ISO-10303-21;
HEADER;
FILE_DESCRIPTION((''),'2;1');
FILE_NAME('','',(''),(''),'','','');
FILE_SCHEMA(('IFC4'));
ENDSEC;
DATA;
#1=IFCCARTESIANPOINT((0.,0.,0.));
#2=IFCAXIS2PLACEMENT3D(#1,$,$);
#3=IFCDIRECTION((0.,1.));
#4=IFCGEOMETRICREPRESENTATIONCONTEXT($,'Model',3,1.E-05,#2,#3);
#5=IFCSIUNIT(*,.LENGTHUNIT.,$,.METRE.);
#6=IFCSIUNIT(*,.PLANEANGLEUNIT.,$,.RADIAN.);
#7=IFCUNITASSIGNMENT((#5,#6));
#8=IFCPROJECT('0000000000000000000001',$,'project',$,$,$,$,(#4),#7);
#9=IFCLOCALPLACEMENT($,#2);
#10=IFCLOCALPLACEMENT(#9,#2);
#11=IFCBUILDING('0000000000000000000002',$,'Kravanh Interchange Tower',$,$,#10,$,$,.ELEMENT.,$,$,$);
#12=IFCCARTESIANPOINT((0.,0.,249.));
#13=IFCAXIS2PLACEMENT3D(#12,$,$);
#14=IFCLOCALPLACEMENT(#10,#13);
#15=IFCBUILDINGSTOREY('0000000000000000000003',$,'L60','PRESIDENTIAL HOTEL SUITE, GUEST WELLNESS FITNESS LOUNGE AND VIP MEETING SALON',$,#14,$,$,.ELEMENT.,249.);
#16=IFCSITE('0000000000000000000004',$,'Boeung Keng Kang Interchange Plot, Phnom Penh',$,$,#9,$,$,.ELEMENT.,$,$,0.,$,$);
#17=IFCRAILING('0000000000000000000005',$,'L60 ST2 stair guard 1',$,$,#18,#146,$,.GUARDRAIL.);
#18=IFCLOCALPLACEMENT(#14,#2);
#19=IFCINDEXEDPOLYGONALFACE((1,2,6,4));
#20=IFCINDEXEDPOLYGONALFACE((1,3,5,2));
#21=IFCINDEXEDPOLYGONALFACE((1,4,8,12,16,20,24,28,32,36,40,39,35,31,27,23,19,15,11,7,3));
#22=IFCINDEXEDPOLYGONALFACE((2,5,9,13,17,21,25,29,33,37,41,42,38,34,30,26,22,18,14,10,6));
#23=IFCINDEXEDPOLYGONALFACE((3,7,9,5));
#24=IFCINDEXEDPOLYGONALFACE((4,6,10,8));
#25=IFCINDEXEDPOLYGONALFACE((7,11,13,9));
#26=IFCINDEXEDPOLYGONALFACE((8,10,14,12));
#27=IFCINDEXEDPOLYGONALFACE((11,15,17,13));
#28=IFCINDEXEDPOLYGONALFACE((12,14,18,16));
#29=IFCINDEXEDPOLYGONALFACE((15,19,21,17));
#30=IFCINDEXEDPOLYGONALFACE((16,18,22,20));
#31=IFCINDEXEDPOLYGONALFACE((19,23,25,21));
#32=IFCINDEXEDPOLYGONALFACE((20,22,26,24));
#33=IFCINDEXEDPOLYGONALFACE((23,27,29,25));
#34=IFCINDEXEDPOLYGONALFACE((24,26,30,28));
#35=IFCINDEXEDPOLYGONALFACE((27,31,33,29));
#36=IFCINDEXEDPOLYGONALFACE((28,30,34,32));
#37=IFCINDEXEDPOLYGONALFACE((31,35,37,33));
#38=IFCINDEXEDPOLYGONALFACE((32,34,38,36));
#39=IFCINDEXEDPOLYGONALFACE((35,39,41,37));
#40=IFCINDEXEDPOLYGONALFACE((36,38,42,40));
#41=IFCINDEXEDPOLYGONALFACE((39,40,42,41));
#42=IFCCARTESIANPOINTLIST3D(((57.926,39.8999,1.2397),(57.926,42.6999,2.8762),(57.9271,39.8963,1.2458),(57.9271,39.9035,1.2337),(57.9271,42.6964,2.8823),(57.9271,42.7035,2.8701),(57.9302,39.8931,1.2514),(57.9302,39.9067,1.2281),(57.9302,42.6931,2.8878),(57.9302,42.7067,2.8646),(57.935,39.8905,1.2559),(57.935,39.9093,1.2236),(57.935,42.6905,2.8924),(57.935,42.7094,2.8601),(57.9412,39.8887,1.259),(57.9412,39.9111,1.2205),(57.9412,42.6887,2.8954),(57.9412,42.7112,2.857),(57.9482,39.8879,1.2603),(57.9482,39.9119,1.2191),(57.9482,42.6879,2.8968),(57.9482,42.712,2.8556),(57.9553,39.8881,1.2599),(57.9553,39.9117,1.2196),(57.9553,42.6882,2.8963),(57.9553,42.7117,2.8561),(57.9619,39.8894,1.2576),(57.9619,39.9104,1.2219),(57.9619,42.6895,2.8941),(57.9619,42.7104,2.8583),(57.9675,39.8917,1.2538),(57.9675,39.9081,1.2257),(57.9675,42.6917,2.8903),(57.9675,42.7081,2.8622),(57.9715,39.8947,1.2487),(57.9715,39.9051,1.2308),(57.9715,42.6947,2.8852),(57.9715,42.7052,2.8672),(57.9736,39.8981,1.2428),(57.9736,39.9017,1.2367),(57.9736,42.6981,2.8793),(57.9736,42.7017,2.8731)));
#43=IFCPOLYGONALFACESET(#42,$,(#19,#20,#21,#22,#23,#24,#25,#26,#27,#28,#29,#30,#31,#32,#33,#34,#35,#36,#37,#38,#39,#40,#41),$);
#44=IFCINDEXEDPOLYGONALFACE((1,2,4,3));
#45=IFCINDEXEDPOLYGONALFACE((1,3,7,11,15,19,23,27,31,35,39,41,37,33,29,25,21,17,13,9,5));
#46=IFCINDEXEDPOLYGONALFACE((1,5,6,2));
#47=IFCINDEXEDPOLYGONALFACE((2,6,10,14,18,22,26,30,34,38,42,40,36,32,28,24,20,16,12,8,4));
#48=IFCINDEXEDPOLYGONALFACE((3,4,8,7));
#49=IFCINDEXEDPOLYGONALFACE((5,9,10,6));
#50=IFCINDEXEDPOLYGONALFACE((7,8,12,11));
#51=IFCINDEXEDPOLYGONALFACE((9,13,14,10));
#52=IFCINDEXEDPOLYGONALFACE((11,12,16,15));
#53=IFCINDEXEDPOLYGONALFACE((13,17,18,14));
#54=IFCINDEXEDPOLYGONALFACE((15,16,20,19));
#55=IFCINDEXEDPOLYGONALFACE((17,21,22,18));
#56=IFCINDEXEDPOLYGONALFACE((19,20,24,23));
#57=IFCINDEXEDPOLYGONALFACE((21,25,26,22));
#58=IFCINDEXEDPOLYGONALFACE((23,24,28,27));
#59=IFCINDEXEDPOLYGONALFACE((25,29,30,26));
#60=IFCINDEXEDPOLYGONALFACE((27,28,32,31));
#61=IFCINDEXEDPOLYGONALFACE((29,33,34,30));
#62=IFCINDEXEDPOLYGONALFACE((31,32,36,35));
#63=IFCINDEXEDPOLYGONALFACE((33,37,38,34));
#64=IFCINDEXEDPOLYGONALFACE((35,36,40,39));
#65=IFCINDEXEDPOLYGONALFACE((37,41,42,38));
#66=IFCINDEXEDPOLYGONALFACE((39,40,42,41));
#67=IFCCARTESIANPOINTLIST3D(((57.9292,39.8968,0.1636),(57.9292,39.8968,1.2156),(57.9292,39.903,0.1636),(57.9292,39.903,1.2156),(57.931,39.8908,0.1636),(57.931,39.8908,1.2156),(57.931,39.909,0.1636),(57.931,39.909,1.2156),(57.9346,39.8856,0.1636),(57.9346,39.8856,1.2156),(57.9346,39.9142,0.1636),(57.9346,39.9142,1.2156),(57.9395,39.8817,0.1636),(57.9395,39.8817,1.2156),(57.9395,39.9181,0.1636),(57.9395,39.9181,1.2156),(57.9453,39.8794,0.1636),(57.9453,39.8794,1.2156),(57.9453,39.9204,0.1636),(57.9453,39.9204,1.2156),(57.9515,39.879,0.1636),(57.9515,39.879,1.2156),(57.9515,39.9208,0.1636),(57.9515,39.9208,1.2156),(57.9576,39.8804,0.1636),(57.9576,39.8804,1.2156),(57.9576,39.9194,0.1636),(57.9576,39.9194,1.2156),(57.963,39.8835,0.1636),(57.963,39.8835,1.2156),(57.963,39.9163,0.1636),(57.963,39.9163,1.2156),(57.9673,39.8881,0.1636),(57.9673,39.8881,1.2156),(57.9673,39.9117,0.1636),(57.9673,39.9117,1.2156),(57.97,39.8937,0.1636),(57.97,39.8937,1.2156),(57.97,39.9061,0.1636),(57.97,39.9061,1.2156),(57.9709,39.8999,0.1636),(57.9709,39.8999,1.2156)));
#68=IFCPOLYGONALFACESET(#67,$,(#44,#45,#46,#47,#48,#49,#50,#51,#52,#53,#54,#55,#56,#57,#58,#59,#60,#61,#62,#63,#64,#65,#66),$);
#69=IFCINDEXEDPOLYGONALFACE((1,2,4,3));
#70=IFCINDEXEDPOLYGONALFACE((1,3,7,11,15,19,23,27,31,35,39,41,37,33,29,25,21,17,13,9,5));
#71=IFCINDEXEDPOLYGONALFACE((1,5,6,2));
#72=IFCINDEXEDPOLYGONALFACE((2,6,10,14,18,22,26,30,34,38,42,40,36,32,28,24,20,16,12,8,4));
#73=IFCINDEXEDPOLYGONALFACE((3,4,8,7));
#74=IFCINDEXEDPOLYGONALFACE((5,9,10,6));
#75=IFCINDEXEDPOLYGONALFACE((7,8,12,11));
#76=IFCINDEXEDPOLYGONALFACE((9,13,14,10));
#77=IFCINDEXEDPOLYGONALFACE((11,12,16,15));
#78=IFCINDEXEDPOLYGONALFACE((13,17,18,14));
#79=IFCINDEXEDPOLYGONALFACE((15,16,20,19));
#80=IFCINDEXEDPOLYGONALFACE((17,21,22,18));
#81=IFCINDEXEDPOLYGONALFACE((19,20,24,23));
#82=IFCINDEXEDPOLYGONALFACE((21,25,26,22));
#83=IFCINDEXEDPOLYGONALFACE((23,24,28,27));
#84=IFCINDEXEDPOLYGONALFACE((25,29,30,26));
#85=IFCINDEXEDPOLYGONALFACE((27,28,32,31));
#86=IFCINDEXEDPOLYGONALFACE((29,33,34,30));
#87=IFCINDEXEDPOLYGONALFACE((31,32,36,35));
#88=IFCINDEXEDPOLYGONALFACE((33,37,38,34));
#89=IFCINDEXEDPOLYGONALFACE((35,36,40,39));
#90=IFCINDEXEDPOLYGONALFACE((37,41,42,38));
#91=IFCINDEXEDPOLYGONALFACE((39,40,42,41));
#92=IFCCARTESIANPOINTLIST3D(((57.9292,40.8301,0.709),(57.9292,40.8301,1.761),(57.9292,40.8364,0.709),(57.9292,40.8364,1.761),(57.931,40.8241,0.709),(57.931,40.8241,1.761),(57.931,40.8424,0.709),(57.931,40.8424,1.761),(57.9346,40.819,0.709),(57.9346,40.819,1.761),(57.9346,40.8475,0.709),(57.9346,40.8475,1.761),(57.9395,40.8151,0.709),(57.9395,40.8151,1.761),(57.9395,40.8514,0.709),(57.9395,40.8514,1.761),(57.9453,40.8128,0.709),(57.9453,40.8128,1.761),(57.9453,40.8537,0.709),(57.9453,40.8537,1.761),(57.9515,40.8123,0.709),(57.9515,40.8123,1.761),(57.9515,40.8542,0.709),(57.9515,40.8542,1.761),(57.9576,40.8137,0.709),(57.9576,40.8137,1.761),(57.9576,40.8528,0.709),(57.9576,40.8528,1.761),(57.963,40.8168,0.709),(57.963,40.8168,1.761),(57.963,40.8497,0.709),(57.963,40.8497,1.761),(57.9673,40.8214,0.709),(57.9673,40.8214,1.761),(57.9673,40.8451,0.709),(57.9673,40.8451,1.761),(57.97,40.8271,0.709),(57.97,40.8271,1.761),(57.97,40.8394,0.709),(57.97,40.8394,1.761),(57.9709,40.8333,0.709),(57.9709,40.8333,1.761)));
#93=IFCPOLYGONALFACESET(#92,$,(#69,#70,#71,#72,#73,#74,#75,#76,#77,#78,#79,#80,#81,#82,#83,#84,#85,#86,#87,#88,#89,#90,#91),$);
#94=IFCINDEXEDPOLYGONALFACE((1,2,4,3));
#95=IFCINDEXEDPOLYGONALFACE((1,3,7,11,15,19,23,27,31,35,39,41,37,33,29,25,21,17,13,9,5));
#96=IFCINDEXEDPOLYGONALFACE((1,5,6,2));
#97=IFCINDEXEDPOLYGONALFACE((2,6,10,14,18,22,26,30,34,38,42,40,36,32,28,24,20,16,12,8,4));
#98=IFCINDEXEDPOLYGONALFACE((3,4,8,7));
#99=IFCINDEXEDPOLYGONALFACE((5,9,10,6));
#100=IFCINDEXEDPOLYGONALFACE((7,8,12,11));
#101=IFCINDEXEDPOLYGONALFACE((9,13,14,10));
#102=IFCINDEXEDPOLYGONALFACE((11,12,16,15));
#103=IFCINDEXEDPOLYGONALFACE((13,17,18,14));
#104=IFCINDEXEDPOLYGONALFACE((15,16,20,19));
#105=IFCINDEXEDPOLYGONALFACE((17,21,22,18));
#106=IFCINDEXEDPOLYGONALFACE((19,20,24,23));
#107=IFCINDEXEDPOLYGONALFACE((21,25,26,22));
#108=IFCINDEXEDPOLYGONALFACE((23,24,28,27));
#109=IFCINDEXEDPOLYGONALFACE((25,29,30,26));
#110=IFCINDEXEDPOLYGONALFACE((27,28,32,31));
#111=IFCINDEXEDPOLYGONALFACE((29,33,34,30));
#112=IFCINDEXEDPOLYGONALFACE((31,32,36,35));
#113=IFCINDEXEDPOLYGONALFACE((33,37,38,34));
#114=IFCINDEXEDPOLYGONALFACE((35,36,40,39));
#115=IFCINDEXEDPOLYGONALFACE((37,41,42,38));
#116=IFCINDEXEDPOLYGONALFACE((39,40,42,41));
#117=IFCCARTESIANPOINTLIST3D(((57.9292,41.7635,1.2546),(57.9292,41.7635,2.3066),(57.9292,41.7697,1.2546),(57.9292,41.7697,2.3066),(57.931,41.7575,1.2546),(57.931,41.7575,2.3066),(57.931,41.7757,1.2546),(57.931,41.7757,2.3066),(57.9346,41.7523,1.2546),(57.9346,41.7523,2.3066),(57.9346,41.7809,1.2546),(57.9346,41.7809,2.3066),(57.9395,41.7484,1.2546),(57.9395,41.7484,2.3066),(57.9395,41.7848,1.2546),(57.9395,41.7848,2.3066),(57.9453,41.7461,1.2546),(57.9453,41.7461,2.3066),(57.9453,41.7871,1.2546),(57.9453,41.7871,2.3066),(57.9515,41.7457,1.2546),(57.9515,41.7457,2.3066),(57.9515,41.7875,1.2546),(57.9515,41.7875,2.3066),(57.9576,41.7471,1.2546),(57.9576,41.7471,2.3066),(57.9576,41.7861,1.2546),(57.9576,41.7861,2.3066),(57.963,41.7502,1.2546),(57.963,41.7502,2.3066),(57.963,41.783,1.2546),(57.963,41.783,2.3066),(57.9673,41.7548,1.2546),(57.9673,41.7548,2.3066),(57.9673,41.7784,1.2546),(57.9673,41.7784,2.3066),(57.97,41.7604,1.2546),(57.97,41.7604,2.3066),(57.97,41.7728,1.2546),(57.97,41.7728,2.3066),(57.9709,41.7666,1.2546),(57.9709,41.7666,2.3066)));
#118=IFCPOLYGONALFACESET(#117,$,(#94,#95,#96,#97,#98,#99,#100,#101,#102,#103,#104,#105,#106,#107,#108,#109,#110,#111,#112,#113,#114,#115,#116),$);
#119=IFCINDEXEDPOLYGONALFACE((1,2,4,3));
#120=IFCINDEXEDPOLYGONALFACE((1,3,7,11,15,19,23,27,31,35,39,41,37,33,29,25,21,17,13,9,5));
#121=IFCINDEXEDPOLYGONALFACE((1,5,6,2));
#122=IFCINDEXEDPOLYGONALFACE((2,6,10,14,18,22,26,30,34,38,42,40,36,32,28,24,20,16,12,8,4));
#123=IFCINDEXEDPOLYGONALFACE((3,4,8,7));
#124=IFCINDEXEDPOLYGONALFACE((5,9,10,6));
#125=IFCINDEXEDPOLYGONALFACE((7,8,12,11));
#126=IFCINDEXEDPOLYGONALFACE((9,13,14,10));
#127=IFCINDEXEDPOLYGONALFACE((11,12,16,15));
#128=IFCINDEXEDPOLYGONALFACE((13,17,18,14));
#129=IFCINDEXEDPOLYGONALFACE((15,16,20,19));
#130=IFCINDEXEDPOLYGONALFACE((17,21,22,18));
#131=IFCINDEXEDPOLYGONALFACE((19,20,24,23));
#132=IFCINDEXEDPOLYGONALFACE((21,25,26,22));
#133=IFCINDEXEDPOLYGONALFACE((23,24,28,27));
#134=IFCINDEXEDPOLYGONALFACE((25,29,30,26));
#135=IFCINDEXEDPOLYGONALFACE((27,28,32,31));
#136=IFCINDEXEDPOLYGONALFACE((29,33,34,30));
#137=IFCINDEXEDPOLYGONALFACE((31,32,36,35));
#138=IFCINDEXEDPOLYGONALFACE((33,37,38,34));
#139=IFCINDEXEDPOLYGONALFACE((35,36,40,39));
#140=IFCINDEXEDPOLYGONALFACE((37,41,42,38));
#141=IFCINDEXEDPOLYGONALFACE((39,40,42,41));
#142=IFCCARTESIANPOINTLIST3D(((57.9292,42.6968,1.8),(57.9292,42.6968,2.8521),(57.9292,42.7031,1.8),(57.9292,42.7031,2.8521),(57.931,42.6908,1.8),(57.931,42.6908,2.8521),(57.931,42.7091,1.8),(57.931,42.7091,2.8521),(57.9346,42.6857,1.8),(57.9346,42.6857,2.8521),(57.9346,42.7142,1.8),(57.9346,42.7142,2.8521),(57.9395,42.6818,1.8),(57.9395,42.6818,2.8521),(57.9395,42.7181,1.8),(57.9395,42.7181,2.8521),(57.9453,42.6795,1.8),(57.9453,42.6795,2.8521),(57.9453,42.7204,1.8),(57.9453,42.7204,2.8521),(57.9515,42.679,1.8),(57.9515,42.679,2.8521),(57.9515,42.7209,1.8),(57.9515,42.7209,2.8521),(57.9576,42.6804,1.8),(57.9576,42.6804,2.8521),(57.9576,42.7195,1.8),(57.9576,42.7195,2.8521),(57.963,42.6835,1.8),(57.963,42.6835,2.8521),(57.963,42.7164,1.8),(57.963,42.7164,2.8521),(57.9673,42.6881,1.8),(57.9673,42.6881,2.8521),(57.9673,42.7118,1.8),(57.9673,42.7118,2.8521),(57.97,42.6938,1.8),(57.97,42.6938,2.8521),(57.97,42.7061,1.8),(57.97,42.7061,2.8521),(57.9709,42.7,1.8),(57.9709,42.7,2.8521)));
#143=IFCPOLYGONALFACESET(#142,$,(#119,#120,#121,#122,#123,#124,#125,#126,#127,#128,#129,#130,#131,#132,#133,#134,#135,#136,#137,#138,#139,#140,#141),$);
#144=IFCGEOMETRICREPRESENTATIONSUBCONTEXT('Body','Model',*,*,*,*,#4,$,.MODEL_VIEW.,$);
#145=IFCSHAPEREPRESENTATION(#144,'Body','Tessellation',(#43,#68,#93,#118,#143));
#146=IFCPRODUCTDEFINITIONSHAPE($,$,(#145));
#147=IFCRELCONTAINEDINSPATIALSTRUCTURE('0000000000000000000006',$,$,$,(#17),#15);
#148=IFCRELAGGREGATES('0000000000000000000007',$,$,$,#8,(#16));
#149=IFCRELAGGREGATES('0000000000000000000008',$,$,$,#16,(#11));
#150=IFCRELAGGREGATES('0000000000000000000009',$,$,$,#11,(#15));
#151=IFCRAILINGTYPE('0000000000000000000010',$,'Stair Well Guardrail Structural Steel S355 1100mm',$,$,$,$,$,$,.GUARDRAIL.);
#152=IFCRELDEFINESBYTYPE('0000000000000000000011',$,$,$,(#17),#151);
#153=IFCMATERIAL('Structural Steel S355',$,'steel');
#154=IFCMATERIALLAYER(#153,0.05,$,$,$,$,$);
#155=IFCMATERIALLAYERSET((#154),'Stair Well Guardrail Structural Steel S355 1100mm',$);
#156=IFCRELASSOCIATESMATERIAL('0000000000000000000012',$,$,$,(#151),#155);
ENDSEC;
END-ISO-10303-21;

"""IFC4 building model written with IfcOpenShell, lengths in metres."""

from ifc_helpers import new_model, si_unit, direction, frame, origin, origin_2d, place, context, subcontext, project, spatial, circle, extrude, material, layer, layer_set, type_object, element, save


model = new_model("IFC4")

# Units and contexts
model_context = context("Model", 3, precision=1e-05, world=origin(), true_north=direction((0.0, 1.0)))
body_context = subcontext(model_context, "Body", "Model", "MODEL_VIEW")
ifc_project = project(units=[si_unit("LENGTHUNIT", "METRE"), si_unit("PLANEANGLEUNIT", "RADIAN")], contexts=[model_context])

# Site, building, storey
site_placement = place(None, origin())
site = spatial("IfcSite", under=ifc_project, at=site_placement, Name="Boeung Keng Kang Interchange Plot, Phnom Penh", CompositionType="ELEMENT", RefElevation=0.0)
building_placement = place(site_placement, origin())
building = spatial("IfcBuilding", under=site, at=building_placement, Name="Kravanh Interchange Tower", CompositionType="ELEMENT")
storey_placement = place(building_placement, frame((0.0, 0.0, 249.0)))
storey = spatial("IfcBuildingStorey", under=building, at=storey_placement, Name="L60", Description="PRESIDENTIAL HOTEL SUITE, GUEST WELLNESS FITNESS LOUNGE AND VIP MEETING SALON", CompositionType="ELEMENT", Elevation=249.0)

# Railing
ifc_material_1 = material(Name="Structural Steel S355", Category="steel")
ifc_layer_1 = layer(ifc_material_1, 0.05)
ifc_layer_set_1 = layer_set([ifc_layer_1], Name="Stair Well Guardrail Structural Steel S355 1100mm")
railing_type_1 = type_object("IfcRailingType", Name="Stair Well Guardrail Structural Steel S355 1100mm", PredefinedType="GUARDRAIL", material=ifc_layer_set_1)
railing_1_placement = place(storey_placement, frame((57.95, 39.8999, 0.1636)))
element("IfcRailing", 1, at=railing_1_placement, inside=storey, type_object=railing_type_1, Name="L60 ST2 stair guard 1", PredefinedType="GUARDRAIL", context=body_context, shape_type="SweptSolid", body=[
    extrude(circle(Radius=0.0239, at=origin_2d()), frame((0.0, 0.0, 1.0762), z_axis=(0.0, 0.863361, 0.504587), x_axis=(-1.0, 0.0, 0.0)), (0.0, 0.0, 1.0), 3.2432),
    extrude(circle(Radius=0.021, at=origin_2d()), origin(), (0.0, 0.0, 1.0), 1.052),
    extrude(circle(Radius=0.021, at=origin_2d()), frame((0.0, 0.9333, 0.5454)), (0.0, 0.0, 1.0), 1.052),
    extrude(circle(Radius=0.021, at=origin_2d()), frame((0.0, 1.8667, 1.0911)), (0.0, 0.0, 1.0), 1.052),
    extrude(circle(Radius=0.021, at=origin_2d()), frame((0.0, 2.8, 1.6365)), (0.0, 0.0, 1.0), 1.052),
])

save(model, "model.ifc")
